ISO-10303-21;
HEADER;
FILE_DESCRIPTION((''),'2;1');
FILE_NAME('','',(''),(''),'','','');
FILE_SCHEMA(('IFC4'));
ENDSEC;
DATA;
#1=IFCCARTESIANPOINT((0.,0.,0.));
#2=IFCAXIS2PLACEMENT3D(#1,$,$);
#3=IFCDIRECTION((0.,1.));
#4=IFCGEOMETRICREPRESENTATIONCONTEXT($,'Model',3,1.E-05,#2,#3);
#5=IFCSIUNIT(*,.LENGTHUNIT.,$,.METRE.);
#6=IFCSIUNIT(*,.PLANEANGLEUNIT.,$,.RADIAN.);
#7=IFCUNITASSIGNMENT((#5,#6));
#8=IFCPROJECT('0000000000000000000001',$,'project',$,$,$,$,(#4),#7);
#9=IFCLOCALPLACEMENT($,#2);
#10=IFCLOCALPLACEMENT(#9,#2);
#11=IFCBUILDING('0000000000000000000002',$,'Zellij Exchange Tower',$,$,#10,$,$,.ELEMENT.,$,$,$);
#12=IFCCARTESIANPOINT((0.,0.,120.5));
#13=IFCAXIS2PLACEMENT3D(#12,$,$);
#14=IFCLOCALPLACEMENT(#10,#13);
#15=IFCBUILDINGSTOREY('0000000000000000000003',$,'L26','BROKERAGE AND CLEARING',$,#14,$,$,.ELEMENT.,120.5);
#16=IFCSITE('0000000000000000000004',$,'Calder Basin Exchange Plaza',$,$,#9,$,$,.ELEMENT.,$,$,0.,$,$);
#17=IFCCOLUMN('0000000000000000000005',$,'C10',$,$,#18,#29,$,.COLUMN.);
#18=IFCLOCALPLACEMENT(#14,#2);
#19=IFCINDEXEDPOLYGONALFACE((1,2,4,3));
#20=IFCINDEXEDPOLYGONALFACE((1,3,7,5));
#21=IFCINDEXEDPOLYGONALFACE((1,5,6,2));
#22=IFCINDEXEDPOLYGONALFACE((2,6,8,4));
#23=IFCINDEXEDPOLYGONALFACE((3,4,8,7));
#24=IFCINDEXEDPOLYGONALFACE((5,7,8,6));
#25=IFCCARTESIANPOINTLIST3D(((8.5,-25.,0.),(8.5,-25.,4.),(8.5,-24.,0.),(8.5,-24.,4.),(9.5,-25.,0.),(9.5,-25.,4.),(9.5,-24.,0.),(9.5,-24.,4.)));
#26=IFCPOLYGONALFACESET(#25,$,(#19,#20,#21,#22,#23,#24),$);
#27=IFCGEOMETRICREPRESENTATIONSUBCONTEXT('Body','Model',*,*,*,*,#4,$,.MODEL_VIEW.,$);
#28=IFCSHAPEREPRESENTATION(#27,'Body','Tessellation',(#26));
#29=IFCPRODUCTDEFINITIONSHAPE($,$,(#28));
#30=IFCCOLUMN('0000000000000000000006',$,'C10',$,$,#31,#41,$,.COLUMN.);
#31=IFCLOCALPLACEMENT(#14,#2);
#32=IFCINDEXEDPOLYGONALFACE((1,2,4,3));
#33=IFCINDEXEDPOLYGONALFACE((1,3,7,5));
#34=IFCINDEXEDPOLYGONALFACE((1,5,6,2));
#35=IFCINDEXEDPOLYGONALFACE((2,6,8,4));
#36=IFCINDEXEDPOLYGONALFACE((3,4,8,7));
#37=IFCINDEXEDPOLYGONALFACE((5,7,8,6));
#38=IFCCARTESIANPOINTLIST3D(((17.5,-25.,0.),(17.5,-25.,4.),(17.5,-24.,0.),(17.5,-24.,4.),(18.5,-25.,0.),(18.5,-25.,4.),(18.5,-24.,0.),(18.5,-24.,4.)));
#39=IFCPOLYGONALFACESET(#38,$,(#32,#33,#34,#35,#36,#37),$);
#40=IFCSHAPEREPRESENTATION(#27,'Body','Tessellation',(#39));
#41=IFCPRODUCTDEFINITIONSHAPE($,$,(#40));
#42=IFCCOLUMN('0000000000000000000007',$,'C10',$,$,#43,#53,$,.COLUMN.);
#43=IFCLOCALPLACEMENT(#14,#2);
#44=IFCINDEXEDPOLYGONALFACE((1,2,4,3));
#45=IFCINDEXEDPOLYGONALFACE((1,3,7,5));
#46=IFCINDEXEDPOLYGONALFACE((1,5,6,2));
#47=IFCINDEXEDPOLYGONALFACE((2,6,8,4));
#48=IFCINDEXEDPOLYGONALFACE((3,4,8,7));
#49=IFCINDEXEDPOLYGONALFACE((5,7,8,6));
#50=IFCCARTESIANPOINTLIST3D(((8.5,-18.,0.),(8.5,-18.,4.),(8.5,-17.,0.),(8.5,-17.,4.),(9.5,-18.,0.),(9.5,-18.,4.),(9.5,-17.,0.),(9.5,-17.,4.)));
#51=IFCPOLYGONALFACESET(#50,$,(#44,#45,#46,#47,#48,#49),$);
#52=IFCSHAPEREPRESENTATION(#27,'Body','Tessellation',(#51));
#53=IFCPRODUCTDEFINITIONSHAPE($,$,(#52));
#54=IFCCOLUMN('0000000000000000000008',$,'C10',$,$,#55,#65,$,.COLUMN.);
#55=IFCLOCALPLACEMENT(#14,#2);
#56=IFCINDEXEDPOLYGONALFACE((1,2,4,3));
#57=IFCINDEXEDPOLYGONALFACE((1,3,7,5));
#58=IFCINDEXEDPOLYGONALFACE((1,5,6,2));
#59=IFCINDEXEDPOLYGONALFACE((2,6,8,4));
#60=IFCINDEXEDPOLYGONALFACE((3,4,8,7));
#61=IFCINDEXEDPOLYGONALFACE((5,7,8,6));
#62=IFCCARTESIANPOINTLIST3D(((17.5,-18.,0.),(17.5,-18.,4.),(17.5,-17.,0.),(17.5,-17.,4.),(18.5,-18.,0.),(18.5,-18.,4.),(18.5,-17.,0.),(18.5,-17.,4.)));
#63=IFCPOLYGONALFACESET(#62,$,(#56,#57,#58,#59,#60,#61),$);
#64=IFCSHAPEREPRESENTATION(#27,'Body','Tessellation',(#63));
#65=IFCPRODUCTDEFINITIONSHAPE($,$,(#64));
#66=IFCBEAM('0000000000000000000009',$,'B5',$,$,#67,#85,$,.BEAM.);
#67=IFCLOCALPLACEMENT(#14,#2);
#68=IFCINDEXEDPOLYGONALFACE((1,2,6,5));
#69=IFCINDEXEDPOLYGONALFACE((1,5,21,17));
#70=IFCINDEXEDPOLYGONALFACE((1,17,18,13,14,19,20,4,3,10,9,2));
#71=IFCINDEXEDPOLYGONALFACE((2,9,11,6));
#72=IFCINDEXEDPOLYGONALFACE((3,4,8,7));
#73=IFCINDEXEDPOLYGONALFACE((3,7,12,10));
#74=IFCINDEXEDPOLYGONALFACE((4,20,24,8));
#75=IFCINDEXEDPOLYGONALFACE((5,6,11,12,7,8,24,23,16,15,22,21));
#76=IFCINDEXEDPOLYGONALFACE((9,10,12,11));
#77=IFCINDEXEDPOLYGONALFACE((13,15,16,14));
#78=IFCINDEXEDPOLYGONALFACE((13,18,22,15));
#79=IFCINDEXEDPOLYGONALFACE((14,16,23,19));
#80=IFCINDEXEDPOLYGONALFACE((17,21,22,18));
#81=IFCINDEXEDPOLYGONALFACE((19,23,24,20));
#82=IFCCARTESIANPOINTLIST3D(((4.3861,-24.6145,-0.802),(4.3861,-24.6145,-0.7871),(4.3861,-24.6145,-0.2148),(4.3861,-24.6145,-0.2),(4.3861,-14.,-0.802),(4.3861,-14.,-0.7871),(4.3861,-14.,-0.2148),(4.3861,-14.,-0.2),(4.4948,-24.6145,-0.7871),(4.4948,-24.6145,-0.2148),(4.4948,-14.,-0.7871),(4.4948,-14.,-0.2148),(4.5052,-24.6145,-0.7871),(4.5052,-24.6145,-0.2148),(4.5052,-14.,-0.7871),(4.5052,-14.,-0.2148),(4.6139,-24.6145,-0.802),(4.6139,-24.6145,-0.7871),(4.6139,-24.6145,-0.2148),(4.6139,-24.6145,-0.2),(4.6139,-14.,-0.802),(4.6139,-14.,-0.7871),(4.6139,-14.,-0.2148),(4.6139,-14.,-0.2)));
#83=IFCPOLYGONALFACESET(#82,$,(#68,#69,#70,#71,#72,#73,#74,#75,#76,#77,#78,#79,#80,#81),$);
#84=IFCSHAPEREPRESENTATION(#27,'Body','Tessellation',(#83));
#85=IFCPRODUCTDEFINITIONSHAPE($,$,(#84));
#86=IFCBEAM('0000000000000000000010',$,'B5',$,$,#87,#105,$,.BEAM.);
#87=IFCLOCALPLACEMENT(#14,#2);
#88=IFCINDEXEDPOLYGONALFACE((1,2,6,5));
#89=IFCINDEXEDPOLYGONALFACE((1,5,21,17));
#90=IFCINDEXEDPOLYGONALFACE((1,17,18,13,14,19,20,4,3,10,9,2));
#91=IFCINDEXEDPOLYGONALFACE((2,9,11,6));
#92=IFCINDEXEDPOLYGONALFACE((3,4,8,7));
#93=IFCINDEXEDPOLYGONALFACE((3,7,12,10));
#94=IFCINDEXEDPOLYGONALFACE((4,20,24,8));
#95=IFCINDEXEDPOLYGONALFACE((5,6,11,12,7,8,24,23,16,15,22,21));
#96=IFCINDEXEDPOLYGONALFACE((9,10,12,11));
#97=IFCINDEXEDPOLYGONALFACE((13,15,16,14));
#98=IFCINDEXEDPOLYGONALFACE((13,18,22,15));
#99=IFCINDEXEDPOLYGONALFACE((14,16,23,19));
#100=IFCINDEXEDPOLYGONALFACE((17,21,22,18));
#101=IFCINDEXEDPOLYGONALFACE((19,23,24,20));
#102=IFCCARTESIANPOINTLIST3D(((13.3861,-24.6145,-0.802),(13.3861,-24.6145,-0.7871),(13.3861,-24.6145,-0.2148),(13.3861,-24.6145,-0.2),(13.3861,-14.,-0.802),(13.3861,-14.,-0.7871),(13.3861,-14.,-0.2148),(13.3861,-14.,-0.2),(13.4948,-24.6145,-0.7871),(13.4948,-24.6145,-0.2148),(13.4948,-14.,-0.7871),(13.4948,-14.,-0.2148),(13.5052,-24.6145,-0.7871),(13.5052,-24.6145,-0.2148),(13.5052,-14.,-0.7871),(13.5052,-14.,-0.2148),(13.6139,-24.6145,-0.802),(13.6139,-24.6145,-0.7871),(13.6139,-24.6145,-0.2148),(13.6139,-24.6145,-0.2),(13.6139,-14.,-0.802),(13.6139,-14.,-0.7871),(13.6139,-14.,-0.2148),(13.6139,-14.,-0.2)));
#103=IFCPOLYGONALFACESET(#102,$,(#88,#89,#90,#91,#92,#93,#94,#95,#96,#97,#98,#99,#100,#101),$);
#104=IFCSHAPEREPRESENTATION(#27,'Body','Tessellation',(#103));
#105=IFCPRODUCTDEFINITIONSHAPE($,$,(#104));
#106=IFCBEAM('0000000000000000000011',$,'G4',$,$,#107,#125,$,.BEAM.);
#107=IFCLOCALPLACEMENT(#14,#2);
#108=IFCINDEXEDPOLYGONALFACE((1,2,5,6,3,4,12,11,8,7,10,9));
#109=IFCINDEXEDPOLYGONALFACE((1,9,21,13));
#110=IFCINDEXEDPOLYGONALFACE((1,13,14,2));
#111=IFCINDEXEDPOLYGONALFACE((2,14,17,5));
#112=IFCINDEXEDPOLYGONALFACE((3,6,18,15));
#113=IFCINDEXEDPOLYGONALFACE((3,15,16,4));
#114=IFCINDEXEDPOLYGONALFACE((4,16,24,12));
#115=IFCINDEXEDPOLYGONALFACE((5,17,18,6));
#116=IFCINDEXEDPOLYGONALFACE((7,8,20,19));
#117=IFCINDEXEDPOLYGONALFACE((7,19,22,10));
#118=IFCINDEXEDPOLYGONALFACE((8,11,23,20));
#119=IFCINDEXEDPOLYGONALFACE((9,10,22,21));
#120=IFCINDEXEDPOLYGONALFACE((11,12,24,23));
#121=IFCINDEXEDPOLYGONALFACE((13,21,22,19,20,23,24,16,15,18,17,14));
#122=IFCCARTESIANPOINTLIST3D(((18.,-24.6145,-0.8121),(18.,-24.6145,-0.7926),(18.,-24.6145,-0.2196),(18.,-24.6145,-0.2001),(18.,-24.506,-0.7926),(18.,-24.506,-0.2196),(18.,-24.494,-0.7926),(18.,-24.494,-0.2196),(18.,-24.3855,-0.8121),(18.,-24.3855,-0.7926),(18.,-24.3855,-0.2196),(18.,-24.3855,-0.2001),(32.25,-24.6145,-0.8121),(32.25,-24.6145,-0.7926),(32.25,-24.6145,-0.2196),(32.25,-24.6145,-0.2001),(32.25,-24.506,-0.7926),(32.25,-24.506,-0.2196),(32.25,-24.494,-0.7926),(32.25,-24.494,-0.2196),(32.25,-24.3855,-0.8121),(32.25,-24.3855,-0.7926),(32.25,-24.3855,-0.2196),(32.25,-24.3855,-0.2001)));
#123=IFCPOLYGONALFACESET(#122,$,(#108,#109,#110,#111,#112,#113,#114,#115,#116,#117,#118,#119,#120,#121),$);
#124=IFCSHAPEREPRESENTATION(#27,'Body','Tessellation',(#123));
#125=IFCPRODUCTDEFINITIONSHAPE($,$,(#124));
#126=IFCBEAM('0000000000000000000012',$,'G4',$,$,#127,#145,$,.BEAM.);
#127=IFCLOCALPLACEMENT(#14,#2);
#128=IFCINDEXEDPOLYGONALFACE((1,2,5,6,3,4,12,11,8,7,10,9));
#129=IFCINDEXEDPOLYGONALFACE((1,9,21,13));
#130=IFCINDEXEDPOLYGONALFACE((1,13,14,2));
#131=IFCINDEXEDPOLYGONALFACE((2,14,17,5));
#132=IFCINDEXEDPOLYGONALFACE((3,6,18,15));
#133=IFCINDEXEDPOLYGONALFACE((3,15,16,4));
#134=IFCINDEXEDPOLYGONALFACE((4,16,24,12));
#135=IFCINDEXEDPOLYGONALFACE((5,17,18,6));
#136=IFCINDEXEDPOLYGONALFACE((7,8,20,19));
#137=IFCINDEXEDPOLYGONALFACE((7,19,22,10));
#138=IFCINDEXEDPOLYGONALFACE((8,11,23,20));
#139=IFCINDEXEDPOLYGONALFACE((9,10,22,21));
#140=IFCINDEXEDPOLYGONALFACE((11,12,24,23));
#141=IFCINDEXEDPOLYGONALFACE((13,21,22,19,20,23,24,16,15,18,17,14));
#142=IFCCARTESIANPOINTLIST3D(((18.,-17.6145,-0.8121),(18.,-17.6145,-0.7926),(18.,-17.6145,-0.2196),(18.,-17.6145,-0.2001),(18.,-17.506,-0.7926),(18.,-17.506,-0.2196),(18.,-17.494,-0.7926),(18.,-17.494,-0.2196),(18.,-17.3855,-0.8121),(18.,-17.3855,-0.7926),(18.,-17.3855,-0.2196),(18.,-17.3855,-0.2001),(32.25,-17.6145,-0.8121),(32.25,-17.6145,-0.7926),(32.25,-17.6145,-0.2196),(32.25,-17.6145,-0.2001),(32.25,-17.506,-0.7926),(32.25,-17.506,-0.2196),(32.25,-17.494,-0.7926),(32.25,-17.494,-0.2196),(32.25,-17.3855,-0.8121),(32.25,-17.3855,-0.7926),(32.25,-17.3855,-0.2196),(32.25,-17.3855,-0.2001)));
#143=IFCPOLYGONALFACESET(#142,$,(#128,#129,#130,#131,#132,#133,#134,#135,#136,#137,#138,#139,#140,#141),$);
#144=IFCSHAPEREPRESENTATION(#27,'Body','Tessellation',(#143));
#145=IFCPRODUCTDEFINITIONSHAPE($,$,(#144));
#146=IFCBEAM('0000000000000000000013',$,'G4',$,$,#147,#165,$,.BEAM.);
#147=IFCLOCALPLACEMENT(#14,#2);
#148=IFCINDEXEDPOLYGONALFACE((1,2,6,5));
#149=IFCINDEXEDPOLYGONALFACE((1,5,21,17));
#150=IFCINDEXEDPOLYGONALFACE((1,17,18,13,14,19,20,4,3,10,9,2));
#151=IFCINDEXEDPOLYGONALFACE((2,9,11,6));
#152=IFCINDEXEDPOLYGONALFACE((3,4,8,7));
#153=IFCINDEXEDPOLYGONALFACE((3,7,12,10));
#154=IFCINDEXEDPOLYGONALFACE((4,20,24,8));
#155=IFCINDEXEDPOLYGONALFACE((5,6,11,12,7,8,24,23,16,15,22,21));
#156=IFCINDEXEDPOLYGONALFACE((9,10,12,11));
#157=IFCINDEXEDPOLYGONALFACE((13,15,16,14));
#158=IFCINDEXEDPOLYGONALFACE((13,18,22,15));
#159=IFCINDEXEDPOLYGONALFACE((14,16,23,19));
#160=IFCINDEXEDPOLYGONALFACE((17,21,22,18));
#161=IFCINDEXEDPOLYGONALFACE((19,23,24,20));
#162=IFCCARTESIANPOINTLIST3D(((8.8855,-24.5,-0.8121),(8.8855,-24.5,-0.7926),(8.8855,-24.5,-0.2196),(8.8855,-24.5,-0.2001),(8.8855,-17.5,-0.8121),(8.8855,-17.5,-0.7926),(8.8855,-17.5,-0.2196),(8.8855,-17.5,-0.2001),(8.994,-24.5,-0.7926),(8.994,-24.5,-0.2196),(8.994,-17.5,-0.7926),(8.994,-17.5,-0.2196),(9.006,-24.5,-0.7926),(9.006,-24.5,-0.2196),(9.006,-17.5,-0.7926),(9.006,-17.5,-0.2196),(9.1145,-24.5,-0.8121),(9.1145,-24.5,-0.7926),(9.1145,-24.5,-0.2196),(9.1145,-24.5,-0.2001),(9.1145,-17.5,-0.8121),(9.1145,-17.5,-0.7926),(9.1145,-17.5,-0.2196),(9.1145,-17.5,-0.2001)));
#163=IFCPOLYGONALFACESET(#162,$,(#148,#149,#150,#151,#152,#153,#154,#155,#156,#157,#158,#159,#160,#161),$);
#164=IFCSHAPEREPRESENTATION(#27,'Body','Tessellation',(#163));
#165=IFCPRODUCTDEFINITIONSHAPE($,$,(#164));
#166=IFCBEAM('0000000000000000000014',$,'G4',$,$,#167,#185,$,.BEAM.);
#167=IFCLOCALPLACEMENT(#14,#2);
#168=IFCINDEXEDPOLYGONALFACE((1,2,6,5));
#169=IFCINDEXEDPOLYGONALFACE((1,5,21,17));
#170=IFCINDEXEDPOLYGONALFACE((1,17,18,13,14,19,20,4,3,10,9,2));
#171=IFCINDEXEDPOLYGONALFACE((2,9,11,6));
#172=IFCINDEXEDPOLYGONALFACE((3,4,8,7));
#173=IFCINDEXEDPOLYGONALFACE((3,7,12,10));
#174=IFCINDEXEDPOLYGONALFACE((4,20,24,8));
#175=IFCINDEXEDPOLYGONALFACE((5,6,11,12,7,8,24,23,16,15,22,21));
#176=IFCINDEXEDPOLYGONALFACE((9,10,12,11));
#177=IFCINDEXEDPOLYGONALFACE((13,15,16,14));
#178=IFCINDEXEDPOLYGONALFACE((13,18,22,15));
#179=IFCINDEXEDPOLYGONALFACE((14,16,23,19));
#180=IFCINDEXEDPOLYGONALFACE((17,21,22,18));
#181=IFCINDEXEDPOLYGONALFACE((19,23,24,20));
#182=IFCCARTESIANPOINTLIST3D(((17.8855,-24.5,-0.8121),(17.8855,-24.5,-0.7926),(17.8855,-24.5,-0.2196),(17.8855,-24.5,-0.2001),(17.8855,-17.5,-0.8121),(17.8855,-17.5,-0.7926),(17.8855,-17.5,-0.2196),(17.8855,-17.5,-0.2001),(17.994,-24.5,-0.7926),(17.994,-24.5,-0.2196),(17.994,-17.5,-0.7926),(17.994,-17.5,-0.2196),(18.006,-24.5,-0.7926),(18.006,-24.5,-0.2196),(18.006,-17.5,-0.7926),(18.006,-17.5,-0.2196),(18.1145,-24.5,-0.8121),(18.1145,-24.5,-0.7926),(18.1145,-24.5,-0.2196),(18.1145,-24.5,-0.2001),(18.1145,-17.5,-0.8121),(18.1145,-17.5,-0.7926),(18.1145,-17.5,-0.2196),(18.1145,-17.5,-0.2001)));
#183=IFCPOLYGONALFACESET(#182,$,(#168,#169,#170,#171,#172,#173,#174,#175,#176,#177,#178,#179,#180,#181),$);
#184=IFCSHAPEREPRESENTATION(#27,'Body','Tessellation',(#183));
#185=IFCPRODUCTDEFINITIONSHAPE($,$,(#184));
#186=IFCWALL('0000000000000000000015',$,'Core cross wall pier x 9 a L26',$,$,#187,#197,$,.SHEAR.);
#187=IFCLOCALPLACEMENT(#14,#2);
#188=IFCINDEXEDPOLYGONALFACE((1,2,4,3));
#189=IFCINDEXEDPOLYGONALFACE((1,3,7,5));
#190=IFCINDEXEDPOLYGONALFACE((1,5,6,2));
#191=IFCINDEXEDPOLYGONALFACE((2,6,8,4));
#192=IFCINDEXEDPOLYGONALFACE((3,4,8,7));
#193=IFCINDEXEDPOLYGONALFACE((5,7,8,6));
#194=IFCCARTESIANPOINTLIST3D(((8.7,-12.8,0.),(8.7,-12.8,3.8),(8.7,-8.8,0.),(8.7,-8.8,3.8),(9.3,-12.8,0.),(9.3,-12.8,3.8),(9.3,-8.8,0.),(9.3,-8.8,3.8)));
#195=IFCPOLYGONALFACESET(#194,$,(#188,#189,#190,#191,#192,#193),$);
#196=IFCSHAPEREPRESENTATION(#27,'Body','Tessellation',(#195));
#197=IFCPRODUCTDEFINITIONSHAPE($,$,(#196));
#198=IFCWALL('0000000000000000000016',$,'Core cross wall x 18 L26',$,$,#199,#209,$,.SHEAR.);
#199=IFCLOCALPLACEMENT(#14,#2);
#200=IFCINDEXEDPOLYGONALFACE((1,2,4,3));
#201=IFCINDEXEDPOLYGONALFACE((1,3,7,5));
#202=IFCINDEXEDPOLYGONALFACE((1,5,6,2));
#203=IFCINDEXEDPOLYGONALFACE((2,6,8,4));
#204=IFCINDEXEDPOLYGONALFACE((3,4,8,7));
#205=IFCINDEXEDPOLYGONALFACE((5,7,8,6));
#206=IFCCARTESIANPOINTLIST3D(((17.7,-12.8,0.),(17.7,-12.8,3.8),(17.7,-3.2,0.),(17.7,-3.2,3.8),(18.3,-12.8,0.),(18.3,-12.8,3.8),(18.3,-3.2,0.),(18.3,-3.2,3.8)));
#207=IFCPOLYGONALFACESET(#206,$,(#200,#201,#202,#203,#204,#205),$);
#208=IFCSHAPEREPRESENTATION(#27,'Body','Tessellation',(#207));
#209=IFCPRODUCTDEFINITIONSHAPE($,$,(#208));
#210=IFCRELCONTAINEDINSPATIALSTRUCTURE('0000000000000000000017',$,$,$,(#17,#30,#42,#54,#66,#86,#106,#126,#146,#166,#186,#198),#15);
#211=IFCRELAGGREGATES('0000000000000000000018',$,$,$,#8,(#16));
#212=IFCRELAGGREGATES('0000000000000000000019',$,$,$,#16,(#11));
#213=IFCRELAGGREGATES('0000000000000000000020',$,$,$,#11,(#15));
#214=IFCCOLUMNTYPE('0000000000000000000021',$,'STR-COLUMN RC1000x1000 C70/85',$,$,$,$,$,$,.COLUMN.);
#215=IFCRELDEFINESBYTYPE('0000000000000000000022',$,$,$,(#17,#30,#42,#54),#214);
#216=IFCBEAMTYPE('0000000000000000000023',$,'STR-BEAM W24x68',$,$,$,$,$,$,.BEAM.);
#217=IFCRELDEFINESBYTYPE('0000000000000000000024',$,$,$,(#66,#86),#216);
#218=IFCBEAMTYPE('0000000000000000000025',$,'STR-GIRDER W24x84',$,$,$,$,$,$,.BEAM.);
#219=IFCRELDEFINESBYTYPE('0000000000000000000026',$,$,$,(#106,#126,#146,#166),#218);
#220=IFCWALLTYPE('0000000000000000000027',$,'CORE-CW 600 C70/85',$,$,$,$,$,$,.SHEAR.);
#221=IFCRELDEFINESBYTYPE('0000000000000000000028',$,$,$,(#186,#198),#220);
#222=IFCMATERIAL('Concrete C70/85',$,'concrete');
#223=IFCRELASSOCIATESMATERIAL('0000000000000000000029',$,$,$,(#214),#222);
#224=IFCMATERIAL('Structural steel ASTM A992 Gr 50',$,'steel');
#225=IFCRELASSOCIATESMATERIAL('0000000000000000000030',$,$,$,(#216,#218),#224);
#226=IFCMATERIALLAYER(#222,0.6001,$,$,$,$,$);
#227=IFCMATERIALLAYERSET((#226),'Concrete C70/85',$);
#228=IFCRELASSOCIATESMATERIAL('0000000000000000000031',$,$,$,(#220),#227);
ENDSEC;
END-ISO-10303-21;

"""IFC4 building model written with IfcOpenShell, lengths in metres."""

from ifc_helpers import new_model, si_unit, direction, frame, frame_2d, origin, origin_2d, place, context, subcontext, project, spatial, rectangle, i_section, extrude, material, layer, layer_set, material_profile, profile_set, type_object, element, save


model = new_model("IFC4")

# Units and contexts
model_context = context("Model", 3, precision=1e-05, world=origin(), true_north=direction((0.0, 1.0)))
body_context = subcontext(model_context, "Body", "Model", "MODEL_VIEW")
ifc_project = project(units=[si_unit("LENGTHUNIT", "METRE"), si_unit("PLANEANGLEUNIT", "RADIAN")], contexts=[model_context])

# Site, building, storey
site_placement = place(None, origin())
site = spatial("IfcSite", under=ifc_project, at=site_placement, Name="Calder Basin Exchange Plaza", CompositionType="ELEMENT", RefElevation=0.0)
building_placement = place(site_placement, origin())
building = spatial("IfcBuilding", under=site, at=building_placement, Name="Zellij Exchange Tower", CompositionType="ELEMENT")
storey_placement = place(building_placement, frame((0.0, 0.0, 120.5)))
storey = spatial("IfcBuildingStorey", under=building, at=storey_placement, Name="L26", Description="BROKERAGE AND CLEARING", CompositionType="ELEMENT", Elevation=120.5)

# Columns
ifc_material_1 = material(Name="Concrete C70/85", Category="concrete")
ifc_material_profile_1 = material_profile(ifc_material_1, rectangle(XDim=1.0, YDim=1.0, at=origin_2d()), Name="STR-COLUMN RC1000x1000 C70/85")
ifc_profile_set_1 = profile_set([ifc_material_profile_1], Name="Concrete C70/85")
column_type = type_object("IfcColumnType", Name="STR-COLUMN RC1000x1000 C70/85", PredefinedType="COLUMN", material=ifc_profile_set_1)
for number, where, z_axis, x_axis, name in (
    (1, (9.0, -24.5, 0.0), (0.0, 0.0, 1.0), (1.0, 0.0, 0.0), "C10"),
    (2, (18.0, -24.5, 0.0), (0.0, 0.0, 1.0), (1.0, 0.0, 0.0), "C10"),
    (3, (9.0, -17.5, 0.0), (0.0, 0.0, 1.0), (1.0, 0.0, 0.0), "C10"),
    (4, (18.0, -17.5, 0.0), (0.0, 0.0, 1.0), (1.0, 0.0, 0.0), "C10"),
):
    element("IfcColumn", number, at=place(storey_placement, frame(where, z_axis=z_axis, x_axis=x_axis)), inside=storey, type_object=column_type, Name=name, PredefinedType="COLUMN", context=body_context, shape_type="SweptSolid", body=[
        extrude(rectangle(XDim=1.0, YDim=1.0, at=origin_2d()), origin(), (0.0, 0.0, 1.0), 4.0),
    ])

# Beams
ifc_material_2 = material(Name="Structural steel ASTM A992 Gr 50", Category="steel")
ifc_material_profile_2 = material_profile(ifc_material_2, i_section(OverallWidth=0.2278, OverallDepth=0.6021, WebThickness=0.0105, FlangeThickness=0.0149, at=origin_2d()), Name="W24x68")
ifc_profile_set_2 = profile_set([ifc_material_profile_2], Name="Structural steel ASTM A992 Gr 50")
beam_type_1 = type_object("IfcBeamType", Name="STR-BEAM W24x68", PredefinedType="BEAM", material=ifc_profile_set_2)
for number, where, z_axis, x_axis, name in (
    (5, (4.5, -24.6145, -0.501), (0.0, 1.0, 0.0), (-1.0, 0.0, 0.0), "B5"),
    (6, (13.5, -24.6145, -0.501), (0.0, 1.0, 0.0), (-1.0, 0.0, 0.0), "B5"),
):
    element("IfcBeam", number, at=place(storey_placement, frame(where, z_axis=z_axis, x_axis=x_axis)), inside=storey, type_object=beam_type_1, Name=name, PredefinedType="BEAM", context=body_context, shape_type="SweptSolid", body=[
        extrude(i_section(OverallWidth=0.2278, OverallDepth=0.6021, WebThickness=0.0105, FlangeThickness=0.0149, at=origin_2d()), origin(), (0.0, 0.0, 1.0), 10.6145),
    ])
ifc_material_profile_3 = material_profile(ifc_material_2, i_section(OverallWidth=0.229, OverallDepth=0.6121, WebThickness=0.012, FlangeThickness=0.0195, at=origin_2d()), Name="W24x84")
ifc_profile_set_3 = profile_set([ifc_material_profile_3], Name="Structural steel ASTM A992 Gr 50")
beam_type_2 = type_object("IfcBeamType", Name="STR-GIRDER W24x84", PredefinedType="BEAM", material=ifc_profile_set_3)
for number, where, z_axis, x_axis, name in (
    (7, (18.0, -24.5, -0.5061), (1.0, 0.0, 0.0), (0.0, 1.0, 0.0), "G4"),
    (8, (18.0, -17.5, -0.5061), (1.0, 0.0, 0.0), (0.0, 1.0, 0.0), "G4"),
):
    element("IfcBeam", number, at=place(storey_placement, frame(where, z_axis=z_axis, x_axis=x_axis)), inside=storey, type_object=beam_type_2, Name=name, PredefinedType="BEAM", context=body_context, shape_type="SweptSolid", body=[
        extrude(i_section(OverallWidth=0.229, OverallDepth=0.6121, WebThickness=0.012, FlangeThickness=0.0195, at=origin_2d()), origin(), (0.0, 0.0, 1.0), 14.25),
    ])
for number, where, z_axis, x_axis, name in (
    (9, (9.0, -24.5, -0.5061), (0.0, 1.0, 0.0), (-1.0, 0.0, 0.0), "G4"),
    (10, (18.0, -24.5, -0.5061), (0.0, 1.0, 0.0), (-1.0, 0.0, 0.0), "G4"),
):
    element("IfcBeam", number, at=place(storey_placement, frame(where, z_axis=z_axis, x_axis=x_axis)), inside=storey, type_object=beam_type_2, Name=name, PredefinedType="BEAM", context=body_context, shape_type="SweptSolid", body=[
        extrude(i_section(OverallWidth=0.229, OverallDepth=0.6121, WebThickness=0.012, FlangeThickness=0.0195, at=origin_2d()), origin(), (0.0, 0.0, 1.0), 7.0),
    ])

# Walls
ifc_layer_1 = layer(ifc_material_1, 0.6001)
ifc_layer_set_1 = layer_set([ifc_layer_1], Name="Concrete C70/85")
wall_type_1 = type_object("IfcWallType", Name="CORE-CW 600 C70/85", PredefinedType="SHEAR", material=ifc_layer_set_1)
wall_1_placement = place(storey_placement, frame((9.0, -12.8, 0.0), z_axis=(0.0, 0.0, 1.0), x_axis=(0.0, 1.0, 0.0)))
element("IfcWall", 11, at=wall_1_placement, inside=storey, type_object=wall_type_1, Name="Core cross wall pier x 9 a L26", PredefinedType="SHEAR", context=body_context, shape_type="SweptSolid", body=[
    extrude(rectangle(XDim=4.0, YDim=0.6001, at=frame_2d((2.0, 0.0))), origin(), (0.0, 0.0, 1.0), 3.8),
])
wall_2_placement = place(storey_placement, frame((18.0, -12.8, 0.0), z_axis=(0.0, 0.0, 1.0), x_axis=(0.0, 1.0, 0.0)))
element("IfcWall", 12, at=wall_2_placement, inside=storey, type_object=wall_type_1, Name="Core cross wall x 18 L26", PredefinedType="SHEAR", context=body_context, shape_type="SweptSolid", body=[
    extrude(rectangle(XDim=9.6001, YDim=0.6001, at=frame_2d((4.8, 0.0))), origin(), (0.0, 0.0, 1.0), 3.8),
])

save(model, "model.ifc")
